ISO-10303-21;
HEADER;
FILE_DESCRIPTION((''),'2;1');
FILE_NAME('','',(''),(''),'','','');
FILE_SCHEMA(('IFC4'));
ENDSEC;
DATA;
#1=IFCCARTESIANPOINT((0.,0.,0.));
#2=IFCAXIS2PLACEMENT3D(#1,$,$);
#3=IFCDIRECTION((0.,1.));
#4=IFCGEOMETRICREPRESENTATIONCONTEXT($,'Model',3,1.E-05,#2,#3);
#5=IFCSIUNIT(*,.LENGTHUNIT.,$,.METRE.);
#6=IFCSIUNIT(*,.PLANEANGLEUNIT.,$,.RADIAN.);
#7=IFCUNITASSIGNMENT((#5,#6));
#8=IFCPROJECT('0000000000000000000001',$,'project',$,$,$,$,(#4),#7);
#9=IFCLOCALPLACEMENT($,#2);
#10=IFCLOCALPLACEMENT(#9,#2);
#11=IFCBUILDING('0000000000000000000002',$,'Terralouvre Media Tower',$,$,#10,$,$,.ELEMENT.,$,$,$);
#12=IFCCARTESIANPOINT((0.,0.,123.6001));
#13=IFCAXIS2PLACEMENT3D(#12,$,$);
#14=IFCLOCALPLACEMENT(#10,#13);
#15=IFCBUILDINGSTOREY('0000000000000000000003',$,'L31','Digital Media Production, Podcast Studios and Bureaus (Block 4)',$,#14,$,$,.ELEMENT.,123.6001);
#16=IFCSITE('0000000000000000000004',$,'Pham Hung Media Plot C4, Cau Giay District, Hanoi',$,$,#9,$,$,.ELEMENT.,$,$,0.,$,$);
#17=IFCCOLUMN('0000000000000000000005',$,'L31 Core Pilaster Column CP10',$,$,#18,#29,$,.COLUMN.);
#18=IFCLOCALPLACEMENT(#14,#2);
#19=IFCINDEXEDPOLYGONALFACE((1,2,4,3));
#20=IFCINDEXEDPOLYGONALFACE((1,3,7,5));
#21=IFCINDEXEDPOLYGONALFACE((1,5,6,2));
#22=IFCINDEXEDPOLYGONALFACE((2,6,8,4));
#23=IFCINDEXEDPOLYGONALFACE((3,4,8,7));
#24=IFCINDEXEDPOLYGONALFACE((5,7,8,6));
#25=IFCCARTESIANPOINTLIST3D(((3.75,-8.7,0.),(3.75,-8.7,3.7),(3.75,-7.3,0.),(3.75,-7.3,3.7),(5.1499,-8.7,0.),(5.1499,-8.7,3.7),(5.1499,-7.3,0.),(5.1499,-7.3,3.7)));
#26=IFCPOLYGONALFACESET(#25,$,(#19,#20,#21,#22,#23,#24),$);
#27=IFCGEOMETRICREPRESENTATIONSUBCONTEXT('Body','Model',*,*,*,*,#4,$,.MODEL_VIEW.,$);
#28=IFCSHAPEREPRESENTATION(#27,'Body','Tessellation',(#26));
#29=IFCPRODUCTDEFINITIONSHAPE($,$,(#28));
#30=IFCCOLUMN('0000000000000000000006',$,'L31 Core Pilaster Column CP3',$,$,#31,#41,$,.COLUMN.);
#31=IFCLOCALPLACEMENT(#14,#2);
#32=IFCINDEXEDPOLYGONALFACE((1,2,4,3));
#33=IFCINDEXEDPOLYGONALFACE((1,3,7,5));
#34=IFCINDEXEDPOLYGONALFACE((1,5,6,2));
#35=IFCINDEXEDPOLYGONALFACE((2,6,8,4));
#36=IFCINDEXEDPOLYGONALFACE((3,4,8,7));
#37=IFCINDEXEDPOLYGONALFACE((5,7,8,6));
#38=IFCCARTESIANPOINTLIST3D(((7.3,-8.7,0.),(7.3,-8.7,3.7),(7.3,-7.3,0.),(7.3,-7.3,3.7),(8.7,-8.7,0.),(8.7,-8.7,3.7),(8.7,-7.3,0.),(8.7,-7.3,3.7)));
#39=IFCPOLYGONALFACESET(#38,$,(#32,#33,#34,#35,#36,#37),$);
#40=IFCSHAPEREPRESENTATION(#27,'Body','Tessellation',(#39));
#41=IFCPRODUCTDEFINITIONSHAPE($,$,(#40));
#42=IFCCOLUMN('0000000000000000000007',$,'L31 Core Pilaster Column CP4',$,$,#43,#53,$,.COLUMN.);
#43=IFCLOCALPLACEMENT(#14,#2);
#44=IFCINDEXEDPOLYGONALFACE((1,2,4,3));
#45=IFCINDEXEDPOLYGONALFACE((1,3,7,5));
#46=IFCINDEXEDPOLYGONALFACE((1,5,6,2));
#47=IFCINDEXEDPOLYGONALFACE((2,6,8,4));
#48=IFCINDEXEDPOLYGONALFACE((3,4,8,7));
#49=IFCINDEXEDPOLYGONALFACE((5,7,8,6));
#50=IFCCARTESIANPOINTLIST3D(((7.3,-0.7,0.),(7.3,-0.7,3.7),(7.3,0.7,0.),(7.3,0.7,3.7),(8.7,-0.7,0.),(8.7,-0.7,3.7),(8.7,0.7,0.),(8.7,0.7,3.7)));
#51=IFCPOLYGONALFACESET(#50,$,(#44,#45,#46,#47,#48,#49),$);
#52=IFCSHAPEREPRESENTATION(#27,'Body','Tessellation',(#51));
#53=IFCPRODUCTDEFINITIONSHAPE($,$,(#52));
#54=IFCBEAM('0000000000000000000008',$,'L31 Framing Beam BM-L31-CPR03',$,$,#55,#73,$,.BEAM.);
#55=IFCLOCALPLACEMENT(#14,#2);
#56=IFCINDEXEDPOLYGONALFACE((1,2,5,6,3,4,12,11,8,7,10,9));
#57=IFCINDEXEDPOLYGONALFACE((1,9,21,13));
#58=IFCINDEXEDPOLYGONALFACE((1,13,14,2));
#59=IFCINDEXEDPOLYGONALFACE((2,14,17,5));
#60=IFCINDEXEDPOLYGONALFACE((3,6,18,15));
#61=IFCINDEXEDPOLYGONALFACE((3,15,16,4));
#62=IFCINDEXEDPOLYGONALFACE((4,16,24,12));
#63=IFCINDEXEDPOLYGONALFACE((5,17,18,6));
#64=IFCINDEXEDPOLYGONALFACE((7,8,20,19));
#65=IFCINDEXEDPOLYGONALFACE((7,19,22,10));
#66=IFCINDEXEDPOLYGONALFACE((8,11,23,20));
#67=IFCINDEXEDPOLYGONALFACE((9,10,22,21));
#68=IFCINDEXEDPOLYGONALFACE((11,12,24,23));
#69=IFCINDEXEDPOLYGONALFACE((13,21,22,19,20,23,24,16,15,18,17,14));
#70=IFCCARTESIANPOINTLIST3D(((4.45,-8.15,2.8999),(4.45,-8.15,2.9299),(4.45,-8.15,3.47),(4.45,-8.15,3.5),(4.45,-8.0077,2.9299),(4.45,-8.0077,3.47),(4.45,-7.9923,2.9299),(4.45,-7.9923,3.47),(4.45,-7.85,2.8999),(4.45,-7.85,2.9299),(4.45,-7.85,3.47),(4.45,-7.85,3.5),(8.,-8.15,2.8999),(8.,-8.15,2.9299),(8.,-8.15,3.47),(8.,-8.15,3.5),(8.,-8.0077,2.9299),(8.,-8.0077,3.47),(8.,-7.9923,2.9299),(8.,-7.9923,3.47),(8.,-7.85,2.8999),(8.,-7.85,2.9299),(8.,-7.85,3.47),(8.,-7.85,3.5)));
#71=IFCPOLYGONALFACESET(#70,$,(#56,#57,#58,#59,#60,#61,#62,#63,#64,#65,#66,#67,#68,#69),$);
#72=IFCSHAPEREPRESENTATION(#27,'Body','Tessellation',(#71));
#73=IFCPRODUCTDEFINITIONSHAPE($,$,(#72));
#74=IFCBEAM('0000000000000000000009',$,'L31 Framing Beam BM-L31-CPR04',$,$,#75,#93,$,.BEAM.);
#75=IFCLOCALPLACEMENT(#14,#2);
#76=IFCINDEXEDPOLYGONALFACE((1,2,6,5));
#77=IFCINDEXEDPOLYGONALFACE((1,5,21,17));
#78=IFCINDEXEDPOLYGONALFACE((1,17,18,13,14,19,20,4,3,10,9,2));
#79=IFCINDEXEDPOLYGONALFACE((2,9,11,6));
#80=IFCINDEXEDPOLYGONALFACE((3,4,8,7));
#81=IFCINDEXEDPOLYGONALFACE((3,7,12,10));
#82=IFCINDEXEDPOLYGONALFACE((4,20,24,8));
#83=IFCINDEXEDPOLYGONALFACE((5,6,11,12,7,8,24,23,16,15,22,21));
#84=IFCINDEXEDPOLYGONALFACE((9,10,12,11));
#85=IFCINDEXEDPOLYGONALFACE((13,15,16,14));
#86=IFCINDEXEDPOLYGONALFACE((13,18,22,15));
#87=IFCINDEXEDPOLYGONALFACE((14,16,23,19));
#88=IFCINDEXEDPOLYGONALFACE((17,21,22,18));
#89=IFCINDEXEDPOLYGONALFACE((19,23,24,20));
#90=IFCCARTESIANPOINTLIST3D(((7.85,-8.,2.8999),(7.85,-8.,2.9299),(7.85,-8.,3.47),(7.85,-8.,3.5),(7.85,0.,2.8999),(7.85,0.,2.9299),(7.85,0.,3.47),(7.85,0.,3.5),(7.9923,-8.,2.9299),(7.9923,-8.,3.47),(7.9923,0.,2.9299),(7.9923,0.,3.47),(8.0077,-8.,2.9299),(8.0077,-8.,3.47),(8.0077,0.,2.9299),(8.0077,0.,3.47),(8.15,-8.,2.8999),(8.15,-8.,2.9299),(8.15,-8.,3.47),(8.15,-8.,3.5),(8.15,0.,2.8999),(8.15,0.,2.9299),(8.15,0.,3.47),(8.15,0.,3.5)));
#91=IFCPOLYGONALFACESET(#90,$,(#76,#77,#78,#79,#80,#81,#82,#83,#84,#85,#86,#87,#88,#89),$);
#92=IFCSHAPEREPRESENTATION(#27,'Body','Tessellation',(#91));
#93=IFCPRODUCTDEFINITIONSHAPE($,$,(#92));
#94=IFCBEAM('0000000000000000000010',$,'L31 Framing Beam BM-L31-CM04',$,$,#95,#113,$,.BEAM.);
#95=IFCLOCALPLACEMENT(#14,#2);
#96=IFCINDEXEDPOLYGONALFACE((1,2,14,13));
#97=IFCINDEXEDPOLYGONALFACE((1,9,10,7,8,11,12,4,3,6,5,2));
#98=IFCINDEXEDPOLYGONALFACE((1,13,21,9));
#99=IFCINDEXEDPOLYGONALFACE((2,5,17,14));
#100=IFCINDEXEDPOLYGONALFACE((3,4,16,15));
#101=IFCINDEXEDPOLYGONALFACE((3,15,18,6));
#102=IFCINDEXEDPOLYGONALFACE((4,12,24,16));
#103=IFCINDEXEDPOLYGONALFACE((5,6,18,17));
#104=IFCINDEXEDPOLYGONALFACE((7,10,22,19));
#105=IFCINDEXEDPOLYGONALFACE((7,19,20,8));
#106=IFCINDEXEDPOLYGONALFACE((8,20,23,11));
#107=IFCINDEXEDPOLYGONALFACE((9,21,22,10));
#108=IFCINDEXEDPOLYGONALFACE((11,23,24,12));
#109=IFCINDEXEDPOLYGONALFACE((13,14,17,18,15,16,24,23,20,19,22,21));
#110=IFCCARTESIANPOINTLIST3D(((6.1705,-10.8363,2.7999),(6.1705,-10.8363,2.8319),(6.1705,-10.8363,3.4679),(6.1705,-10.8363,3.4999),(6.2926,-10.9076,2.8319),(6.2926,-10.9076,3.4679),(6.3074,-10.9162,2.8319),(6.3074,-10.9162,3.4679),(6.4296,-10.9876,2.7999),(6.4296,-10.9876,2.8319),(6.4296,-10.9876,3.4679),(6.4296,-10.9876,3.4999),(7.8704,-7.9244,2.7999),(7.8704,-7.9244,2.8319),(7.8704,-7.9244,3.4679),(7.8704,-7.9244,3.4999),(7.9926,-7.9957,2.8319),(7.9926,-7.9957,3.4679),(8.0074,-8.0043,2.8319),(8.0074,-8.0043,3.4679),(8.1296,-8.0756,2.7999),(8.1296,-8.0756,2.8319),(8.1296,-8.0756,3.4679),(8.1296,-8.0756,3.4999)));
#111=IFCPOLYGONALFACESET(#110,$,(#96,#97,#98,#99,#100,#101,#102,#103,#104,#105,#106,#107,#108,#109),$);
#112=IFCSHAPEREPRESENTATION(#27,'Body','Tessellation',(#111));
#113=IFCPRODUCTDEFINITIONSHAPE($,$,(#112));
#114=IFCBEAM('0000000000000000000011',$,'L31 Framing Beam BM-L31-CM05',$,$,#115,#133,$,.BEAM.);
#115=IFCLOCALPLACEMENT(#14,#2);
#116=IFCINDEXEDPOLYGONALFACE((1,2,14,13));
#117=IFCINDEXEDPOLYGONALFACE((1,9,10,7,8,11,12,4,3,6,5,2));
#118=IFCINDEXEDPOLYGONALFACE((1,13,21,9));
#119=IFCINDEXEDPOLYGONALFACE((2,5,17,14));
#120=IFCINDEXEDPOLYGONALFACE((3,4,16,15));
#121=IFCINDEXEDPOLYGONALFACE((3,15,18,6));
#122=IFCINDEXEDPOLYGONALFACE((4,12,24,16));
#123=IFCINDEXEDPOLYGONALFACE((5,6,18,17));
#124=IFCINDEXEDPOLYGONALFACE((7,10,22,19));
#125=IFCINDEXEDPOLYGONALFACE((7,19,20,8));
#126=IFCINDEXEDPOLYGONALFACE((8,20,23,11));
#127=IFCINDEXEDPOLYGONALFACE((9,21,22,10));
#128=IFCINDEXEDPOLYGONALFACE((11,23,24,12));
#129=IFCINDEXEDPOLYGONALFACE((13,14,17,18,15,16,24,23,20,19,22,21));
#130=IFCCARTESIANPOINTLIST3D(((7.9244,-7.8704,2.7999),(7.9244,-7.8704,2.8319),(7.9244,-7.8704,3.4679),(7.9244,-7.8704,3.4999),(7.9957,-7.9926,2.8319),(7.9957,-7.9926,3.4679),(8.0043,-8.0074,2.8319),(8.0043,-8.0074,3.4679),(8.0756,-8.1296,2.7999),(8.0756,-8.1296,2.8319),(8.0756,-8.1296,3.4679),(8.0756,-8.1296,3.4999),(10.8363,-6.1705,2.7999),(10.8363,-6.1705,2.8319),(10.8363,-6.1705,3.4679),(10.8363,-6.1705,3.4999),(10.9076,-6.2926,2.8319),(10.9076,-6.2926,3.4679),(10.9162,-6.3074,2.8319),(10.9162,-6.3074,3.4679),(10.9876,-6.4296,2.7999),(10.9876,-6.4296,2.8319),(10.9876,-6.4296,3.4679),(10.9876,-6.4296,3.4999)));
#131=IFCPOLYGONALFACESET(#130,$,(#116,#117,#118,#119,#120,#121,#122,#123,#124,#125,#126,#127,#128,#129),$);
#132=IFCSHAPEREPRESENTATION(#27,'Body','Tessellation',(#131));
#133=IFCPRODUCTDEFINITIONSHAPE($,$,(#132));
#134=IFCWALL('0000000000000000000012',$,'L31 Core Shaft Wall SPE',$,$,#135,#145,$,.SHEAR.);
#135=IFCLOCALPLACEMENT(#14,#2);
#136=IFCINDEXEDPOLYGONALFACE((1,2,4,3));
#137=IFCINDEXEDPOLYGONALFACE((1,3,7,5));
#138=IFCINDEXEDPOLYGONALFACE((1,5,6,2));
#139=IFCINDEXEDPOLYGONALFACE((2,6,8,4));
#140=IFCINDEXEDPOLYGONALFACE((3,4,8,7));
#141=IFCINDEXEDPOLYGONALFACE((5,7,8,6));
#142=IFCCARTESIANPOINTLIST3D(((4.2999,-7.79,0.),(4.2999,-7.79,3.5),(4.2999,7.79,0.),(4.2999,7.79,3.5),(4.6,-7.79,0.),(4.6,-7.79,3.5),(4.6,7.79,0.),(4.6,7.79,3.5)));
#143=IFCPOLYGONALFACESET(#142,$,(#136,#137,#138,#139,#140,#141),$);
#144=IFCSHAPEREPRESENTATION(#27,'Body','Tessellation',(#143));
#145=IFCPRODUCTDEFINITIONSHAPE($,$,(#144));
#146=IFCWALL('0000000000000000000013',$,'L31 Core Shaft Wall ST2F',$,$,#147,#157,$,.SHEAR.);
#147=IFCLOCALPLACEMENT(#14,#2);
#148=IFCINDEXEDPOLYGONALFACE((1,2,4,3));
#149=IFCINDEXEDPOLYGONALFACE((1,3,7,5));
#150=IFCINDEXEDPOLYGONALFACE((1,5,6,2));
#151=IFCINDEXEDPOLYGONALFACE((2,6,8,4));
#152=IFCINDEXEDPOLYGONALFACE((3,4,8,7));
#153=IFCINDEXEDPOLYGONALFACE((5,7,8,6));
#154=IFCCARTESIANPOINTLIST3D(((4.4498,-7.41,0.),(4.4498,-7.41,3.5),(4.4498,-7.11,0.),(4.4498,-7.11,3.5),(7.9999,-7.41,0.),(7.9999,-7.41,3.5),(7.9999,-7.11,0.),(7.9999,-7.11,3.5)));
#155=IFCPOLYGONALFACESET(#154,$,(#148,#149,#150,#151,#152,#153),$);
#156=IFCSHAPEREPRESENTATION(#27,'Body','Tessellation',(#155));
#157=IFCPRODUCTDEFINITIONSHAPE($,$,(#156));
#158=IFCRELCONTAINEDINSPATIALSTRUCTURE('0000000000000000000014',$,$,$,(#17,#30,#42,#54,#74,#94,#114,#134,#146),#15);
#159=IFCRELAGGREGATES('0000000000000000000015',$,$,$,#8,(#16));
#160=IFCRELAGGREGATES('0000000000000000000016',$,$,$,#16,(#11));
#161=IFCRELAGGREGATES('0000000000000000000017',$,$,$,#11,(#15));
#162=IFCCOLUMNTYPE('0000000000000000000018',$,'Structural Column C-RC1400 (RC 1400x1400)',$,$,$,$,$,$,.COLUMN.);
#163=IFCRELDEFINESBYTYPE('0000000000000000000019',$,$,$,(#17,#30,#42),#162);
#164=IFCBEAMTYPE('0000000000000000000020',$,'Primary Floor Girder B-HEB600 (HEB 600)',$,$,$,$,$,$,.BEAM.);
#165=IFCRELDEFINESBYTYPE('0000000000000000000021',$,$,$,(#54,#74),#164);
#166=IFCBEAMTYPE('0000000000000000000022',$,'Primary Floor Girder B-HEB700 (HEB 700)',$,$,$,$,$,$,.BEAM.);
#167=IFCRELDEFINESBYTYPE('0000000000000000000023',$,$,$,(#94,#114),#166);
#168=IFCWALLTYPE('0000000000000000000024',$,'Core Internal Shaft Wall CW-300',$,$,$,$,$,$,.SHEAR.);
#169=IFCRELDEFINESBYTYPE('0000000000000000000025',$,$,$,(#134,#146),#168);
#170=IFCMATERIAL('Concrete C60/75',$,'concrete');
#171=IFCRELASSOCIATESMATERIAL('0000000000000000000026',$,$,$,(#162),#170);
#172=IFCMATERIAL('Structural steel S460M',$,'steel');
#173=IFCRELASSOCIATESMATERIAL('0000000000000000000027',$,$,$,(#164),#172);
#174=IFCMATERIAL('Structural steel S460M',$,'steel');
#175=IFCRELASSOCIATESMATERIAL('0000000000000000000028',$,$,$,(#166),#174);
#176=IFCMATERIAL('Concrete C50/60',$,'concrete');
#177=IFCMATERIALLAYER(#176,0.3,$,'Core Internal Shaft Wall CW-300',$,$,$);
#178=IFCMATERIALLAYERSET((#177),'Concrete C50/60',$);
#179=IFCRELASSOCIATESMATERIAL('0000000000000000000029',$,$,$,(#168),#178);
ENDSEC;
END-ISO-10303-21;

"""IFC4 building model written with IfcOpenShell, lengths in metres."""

from ifc_helpers import new_model, si_unit, direction, frame, frame_2d, origin, origin_2d, place, context, subcontext, project, spatial, rectangle, i_section, extrude, material, layer, layer_set, material_profile, profile_set, type_object, element, save


model = new_model("IFC4")

# Units and contexts
model_context = context("Model", 3, precision=1e-05, world=origin(), true_north=direction((0.0, 1.0)))
body_context = subcontext(model_context, "Body", "Model", "MODEL_VIEW")
ifc_project = project(units=[si_unit("LENGTHUNIT", "METRE"), si_unit("PLANEANGLEUNIT", "RADIAN")], contexts=[model_context])

# Site, building, storey
site_placement = place(None, origin())
site = spatial("IfcSite", under=ifc_project, at=site_placement, Name="Pham Hung Media Plot C4, Cau Giay District, Hanoi", CompositionType="ELEMENT", RefElevation=0.0)
building_placement = place(site_placement, origin())
building = spatial("IfcBuilding", under=site, at=building_placement, Name="Terralouvre Media Tower", CompositionType="ELEMENT")
storey_placement = place(building_placement, frame((0.0, 0.0, 123.6001)))
storey = spatial("IfcBuildingStorey", under=building, at=storey_placement, Name="L31", Description="Digital Media Production, Podcast Studios and Bureaus (Block 4)", CompositionType="ELEMENT", Elevation=123.6001)

# Columns
ifc_material_1 = material(Name="Concrete C60/75", Category="concrete")
ifc_material_profile_1 = material_profile(ifc_material_1, rectangle(XDim=1.3999, YDim=1.3999, at=origin_2d()), Name="RC 1400x1400")
ifc_profile_set_1 = profile_set([ifc_material_profile_1], Name="Concrete C60/75")
column_type = type_object("IfcColumnType", Name="Structural Column C-RC1400 (RC 1400x1400)", PredefinedType="COLUMN", material=ifc_profile_set_1)
for number, where, z_axis, x_axis, name in (
    (1, (4.45, -8.0, 0.0), (0.0, 0.0, 1.0), (1.0, 0.0, 0.0), "L31 Core Pilaster Column CP10"),
    (2, (8.0, -8.0, 0.0), (0.0, 0.0, 1.0), (1.0, 0.0, 0.0), "L31 Core Pilaster Column CP3"),
    (3, (8.0, 0.0, 0.0), (0.0, 0.0, 1.0), (1.0, 0.0, 0.0), "L31 Core Pilaster Column CP4"),
):
    element("IfcColumn", number, at=place(storey_placement, frame(where, z_axis=z_axis, x_axis=x_axis)), inside=storey, type_object=column_type, Name=name, PredefinedType="COLUMN", context=body_context, shape_type="SweptSolid", body=[
        extrude(rectangle(XDim=1.3999, YDim=1.3999, at=origin_2d()), origin(), (0.0, 0.0, 1.0), 3.7),
    ])

# Beams
ifc_material_2 = material(Name="Structural steel S460M", Category="steel")
ifc_material_profile_2 = material_profile(ifc_material_2, i_section(OverallWidth=0.3, OverallDepth=0.6001, WebThickness=0.0154, FlangeThickness=0.03, at=origin_2d()), Name="HEB 600")
ifc_profile_set_2 = profile_set([ifc_material_profile_2], Name="Structural steel S460M")
beam_type_1 = type_object("IfcBeamType", Name="Primary Floor Girder B-HEB600 (HEB 600)", PredefinedType="BEAM", material=ifc_profile_set_2)
beam_1_placement = place(storey_placement, frame((4.45, -8.0, 3.2), z_axis=(1.0, 0.0, 0.0), x_axis=(0.0, 1.0, 0.0)))
element("IfcBeam", 4, at=beam_1_placement, inside=storey, type_object=beam_type_1, Name="L31 Framing Beam BM-L31-CPR03", PredefinedType="BEAM", context=body_context, shape_type="SweptSolid", body=[
    extrude(i_section(OverallWidth=0.3, OverallDepth=0.6001, WebThickness=0.0154, FlangeThickness=0.03, at=origin_2d()), origin(), (0.0, 0.0, 1.0), 3.55),
])
beam_2_placement = place(storey_placement, frame((8.0, -8.0, 3.2), z_axis=(0.0, 1.0, 0.0), x_axis=(-1.0, 0.0, 0.0)))
element("IfcBeam", 5, at=beam_2_placement, inside=storey, type_object=beam_type_1, Name="L31 Framing Beam BM-L31-CPR04", PredefinedType="BEAM", context=body_context, shape_type="SweptSolid", body=[
    extrude(i_section(OverallWidth=0.3, OverallDepth=0.6001, WebThickness=0.0154, FlangeThickness=0.03, at=origin_2d()), origin(), (0.0, 0.0, 1.0), 8.0),
])
ifc_material_3 = material(Name="Structural steel S460M", Category="steel")
ifc_material_profile_3 = material_profile(ifc_material_3, i_section(OverallWidth=0.3, OverallDepth=0.7, WebThickness=0.0171, FlangeThickness=0.032, at=origin_2d()), Name="HEB 700")
ifc_profile_set_3 = profile_set([ifc_material_profile_3], Name="Structural steel S460M")
beam_type_2 = type_object("IfcBeamType", Name="Primary Floor Girder B-HEB700 (HEB 700)", PredefinedType="BEAM", material=ifc_profile_set_3)
for number, where, z_axis, x_axis, name in (
    (6, (8.0, -8.0, 3.1499), (-0.504173, -0.863603, 0.0), (0.863603, -0.504173, 0.0), "L31 Framing Beam BM-L31-CM04"),
    (7, (8.0, -8.0, 3.1499), (0.863603, 0.504173, 0.0), (-0.504173, 0.863603, 0.0), "L31 Framing Beam BM-L31-CM05"),
):
    element("IfcBeam", number, at=place(storey_placement, frame(where, z_axis=z_axis, x_axis=x_axis)), inside=storey, type_object=beam_type_2, Name=name, PredefinedType="BEAM", context=body_context, shape_type="SweptSolid", body=[
        extrude(i_section(OverallWidth=0.3, OverallDepth=0.7, WebThickness=0.0171, FlangeThickness=0.032, at=origin_2d()), origin(), (0.0, 0.0, 1.0), 3.3718),
    ])

# Wall
ifc_material_4 = material(Name="Concrete C50/60", Category="concrete")
ifc_layer_1 = layer(ifc_material_4, 0.3, Name="Core Internal Shaft Wall CW-300")
ifc_layer_set_1 = layer_set([ifc_layer_1], Name="Concrete C50/60")
wall_type_1 = type_object("IfcWallType", Name="Core Internal Shaft Wall CW-300", PredefinedType="SHEAR", material=ifc_layer_set_1)
wall_1_placement = place(storey_placement, frame((4.45, -7.79, 0.0), z_axis=(0.0, 0.0, 1.0), x_axis=(0.0, 1.0, 0.0)))
element("IfcWall", 8, at=wall_1_placement, inside=storey, type_object=wall_type_1, Name="L31 Core Shaft Wall SPE", PredefinedType="SHEAR", context=body_context, shape_type="SweptSolid", body=[
    extrude(rectangle(XDim=15.5801, YDim=0.3, at=frame_2d((7.79, 0.0))), origin(), (0.0, 0.0, 1.0), 3.5),
])

# Wall
wall_2_placement = place(storey_placement, frame((4.45, -7.26, 0.0), z_axis=(0.0, 0.0, 1.0), x_axis=(1.0, 0.0, 0.0)))
element("IfcWall", 9, at=wall_2_placement, inside=storey, type_object=wall_type_1, Name="L31 Core Shaft Wall ST2F", PredefinedType="SHEAR", context=body_context, shape_type="SweptSolid", body=[
    extrude(rectangle(XDim=3.55, YDim=0.3, at=frame_2d((1.7749, 0.0))), origin(), (0.0, 0.0, 1.0), 3.5),
])

save(model, "model.ifc")
